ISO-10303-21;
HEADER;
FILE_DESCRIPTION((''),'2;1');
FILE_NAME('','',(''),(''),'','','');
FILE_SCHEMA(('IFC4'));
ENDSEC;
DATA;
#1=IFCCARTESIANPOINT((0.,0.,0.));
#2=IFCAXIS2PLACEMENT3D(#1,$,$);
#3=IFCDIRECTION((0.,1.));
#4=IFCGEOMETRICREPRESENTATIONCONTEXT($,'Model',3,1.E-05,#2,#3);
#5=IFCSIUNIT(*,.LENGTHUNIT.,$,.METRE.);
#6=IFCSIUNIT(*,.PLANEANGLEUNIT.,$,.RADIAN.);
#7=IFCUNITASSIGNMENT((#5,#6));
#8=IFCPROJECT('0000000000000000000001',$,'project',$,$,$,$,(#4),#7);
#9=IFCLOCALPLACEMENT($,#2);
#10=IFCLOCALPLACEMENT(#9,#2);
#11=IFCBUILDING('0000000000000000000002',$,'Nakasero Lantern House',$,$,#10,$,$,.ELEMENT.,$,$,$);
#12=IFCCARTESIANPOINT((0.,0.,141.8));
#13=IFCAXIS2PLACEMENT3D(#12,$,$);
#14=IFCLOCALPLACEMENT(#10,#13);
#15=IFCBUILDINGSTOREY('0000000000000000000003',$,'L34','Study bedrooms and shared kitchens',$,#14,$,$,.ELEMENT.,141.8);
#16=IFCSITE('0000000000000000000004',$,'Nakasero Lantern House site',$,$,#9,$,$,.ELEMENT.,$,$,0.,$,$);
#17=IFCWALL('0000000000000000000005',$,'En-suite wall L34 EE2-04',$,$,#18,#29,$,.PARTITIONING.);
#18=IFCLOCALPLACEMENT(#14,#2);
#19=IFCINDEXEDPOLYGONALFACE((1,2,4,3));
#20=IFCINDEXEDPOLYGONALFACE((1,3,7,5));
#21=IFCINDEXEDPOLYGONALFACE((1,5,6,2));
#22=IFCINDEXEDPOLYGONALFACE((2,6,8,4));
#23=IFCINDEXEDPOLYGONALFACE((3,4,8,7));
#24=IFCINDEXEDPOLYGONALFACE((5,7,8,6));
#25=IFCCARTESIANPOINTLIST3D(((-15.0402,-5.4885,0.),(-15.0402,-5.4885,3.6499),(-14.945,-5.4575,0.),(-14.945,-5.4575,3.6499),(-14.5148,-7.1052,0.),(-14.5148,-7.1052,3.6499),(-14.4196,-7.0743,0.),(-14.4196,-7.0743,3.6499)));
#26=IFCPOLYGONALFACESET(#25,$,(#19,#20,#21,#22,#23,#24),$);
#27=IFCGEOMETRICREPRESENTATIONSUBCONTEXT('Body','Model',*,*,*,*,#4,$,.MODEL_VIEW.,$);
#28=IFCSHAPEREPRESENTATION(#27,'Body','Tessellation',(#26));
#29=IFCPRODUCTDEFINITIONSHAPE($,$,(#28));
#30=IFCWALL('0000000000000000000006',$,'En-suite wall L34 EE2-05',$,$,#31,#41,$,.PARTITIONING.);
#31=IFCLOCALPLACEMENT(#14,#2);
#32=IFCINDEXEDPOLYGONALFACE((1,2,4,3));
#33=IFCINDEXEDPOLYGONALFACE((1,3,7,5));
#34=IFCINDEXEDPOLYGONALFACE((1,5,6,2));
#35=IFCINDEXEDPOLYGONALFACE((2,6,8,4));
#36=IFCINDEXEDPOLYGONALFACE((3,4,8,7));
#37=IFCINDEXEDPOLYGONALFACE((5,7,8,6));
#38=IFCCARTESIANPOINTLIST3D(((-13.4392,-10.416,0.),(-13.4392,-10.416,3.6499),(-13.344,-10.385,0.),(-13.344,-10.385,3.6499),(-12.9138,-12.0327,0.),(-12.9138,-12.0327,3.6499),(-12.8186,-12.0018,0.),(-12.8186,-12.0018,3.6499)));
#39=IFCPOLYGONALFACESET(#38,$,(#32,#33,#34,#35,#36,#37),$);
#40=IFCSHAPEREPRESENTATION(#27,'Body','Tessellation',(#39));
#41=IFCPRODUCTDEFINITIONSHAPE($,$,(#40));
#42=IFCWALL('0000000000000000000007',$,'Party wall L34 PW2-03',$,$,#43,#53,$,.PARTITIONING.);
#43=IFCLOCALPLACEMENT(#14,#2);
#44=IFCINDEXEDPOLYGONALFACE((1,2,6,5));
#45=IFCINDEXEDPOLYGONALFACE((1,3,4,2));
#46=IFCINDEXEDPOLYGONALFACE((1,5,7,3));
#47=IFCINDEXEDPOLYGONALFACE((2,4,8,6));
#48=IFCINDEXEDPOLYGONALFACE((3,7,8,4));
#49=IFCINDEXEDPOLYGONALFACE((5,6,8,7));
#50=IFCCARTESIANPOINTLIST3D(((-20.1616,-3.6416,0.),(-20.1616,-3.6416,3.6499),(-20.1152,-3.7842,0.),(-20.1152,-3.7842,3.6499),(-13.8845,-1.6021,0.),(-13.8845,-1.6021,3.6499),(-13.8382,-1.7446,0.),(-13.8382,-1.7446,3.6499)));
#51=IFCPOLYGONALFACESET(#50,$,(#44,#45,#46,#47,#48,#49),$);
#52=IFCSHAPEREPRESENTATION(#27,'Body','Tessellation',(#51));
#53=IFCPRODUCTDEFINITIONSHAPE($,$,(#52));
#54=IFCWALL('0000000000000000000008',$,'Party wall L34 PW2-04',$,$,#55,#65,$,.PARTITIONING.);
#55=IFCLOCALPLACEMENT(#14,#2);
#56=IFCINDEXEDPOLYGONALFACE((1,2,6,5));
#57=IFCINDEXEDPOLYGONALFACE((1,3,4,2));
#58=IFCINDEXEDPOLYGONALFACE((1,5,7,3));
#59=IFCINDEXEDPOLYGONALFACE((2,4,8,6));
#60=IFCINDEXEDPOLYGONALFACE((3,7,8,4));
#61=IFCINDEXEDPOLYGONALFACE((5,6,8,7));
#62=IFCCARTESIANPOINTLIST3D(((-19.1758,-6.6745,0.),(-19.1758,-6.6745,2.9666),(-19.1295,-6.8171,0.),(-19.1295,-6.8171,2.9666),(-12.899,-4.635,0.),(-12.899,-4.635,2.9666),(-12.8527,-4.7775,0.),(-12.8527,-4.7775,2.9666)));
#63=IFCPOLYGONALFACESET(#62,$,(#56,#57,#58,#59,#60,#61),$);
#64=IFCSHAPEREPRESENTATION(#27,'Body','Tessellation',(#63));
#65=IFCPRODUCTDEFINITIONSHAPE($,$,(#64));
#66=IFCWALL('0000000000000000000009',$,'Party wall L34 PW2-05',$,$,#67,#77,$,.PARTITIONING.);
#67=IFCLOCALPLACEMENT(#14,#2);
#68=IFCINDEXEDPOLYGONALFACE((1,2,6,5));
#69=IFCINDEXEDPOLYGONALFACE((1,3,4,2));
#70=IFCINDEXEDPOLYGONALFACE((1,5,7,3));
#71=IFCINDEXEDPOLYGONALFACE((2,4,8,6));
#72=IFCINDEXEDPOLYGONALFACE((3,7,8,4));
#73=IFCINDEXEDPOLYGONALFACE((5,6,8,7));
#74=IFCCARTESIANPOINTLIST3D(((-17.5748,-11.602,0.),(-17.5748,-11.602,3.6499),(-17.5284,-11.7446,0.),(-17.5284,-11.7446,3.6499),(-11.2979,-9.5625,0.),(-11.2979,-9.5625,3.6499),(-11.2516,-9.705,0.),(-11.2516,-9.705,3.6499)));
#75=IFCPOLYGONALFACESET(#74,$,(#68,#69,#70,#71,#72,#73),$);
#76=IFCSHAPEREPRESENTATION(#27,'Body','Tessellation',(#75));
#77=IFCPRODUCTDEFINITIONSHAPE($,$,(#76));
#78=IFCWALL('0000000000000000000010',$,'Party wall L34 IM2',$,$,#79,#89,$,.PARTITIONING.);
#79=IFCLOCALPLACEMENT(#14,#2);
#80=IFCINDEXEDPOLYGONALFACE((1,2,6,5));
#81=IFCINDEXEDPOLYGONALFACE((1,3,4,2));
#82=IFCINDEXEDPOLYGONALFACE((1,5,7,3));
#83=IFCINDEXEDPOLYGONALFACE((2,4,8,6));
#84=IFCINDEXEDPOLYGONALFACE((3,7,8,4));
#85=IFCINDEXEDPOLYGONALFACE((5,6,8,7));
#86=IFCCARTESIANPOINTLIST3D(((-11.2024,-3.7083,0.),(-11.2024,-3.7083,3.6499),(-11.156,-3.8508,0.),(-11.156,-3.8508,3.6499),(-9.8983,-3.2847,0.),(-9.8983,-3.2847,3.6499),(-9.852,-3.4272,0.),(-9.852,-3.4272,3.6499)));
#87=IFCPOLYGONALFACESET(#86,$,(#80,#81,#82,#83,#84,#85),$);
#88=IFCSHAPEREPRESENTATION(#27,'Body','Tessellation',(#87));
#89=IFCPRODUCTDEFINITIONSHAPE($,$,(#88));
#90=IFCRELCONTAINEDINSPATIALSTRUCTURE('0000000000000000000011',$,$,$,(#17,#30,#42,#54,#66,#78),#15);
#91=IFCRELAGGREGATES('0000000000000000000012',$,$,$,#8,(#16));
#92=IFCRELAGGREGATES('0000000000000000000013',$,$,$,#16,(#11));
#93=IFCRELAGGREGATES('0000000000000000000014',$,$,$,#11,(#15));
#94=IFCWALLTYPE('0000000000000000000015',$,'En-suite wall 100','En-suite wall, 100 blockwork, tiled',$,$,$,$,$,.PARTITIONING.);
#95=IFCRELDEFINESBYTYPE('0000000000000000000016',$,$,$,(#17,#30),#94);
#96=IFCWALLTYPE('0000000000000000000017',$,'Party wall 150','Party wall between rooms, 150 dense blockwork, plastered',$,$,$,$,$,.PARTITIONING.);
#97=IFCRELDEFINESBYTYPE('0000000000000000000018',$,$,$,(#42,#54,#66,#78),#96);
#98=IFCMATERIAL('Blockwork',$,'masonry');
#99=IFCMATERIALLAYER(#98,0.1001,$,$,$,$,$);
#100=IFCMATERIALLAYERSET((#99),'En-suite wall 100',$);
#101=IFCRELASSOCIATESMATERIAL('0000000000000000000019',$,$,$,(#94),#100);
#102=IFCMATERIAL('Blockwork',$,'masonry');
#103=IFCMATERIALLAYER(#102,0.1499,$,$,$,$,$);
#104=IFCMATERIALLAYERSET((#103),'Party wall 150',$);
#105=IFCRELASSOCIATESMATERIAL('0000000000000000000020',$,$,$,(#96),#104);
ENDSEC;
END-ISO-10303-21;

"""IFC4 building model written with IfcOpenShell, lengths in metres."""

from ifc_helpers import new_model, si_unit, direction, frame, frame_2d, origin, place, context, subcontext, project, spatial, rectangle, extrude, material, layer, layer_set, type_object, element, save


model = new_model("IFC4")

# Units and contexts
model_context = context("Model", 3, precision=1e-05, world=origin(), true_north=direction((0.0, 1.0)))
body_context = subcontext(model_context, "Body", "Model", "MODEL_VIEW")
ifc_project = project(units=[si_unit("LENGTHUNIT", "METRE"), si_unit("PLANEANGLEUNIT", "RADIAN")], contexts=[model_context])

# Site, building, storey
site_placement = place(None, origin())
site = spatial("IfcSite", under=ifc_project, at=site_placement, Name="Nakasero Lantern House site", CompositionType="ELEMENT", RefElevation=0.0)
building_placement = place(site_placement, origin())
building = spatial("IfcBuilding", under=site, at=building_placement, Name="Nakasero Lantern House", CompositionType="ELEMENT")
storey_placement = place(building_placement, frame((0.0, 0.0, 141.8)))
storey = spatial("IfcBuildingStorey", under=building, at=storey_placement, Name="L34", Description="Study bedrooms and shared kitchens", CompositionType="ELEMENT", Elevation=141.8)

# Shared definitions
ifc_material_1 = material(Name="Blockwork", Category="masonry")
ifc_layer_1 = layer(ifc_material_1, 0.1001)
ifc_layer_set_1 = layer_set([ifc_layer_1], Name="En-suite wall 100")
wall_type_1 = type_object("IfcWallType", Name="En-suite wall 100", Description="En-suite wall, 100 blockwork, tiled", PredefinedType="PARTITIONING", material=ifc_layer_set_1)

# Walls
for number, where, z_axis, x_axis, name in (
    (1, (-14.9927, -5.4729, 0.0), (0.0, 0.0, 1.0), (0.309067, -0.95104, 0.0), "En-suite wall L34 EE2-04"),
    (2, (-13.3916, -10.4004, 0.0), (0.0, 0.0, 1.0), (0.309067, -0.95104, 0.0), "En-suite wall L34 EE2-05"),
):
    element("IfcWall", number, at=place(storey_placement, frame(where, z_axis=z_axis, x_axis=x_axis)), inside=storey, type_object=wall_type_1, Name=name, PredefinedType="PARTITIONING", context=body_context, shape_type="SweptSolid", body=[
        extrude(rectangle(XDim=1.7, YDim=0.1001, at=frame_2d((0.8501, 0.0))), origin(), (0.0, 0.0, 1.0), 3.6499),
    ])
ifc_material_2 = material(Name="Blockwork", Category="masonry")
ifc_layer_2 = layer(ifc_material_2, 0.1499)
ifc_layer_set_2 = layer_set([ifc_layer_2], Name="Party wall 150")
wall_type_2 = type_object("IfcWallType", Name="Party wall 150", Description="Party wall between rooms, 150 dense blockwork, plastered", PredefinedType="PARTITIONING", material=ifc_layer_set_2)
wall_1_placement = place(storey_placement, frame((-13.8613, -1.6733, 0.0), z_axis=(0.0, 0.0, 1.0), x_axis=(-0.951057, -0.309017, 0.0)))
element("IfcWall", 3, at=wall_1_placement, inside=storey, type_object=wall_type_2, Name="Party wall L34 PW2-03", PredefinedType="PARTITIONING", context=body_context, shape_type="SweptSolid", body=[
    extrude(rectangle(XDim=6.6001, YDim=0.1499, at=frame_2d((3.3, 0.0))), origin(), (0.0, 0.0, 1.0), 3.6499),
])
wall_2_placement = place(storey_placement, frame((-12.876, -4.7063, 0.0), z_axis=(0.0, 0.0, 1.0), x_axis=(-0.951053, -0.309028, 0.0)))
element("IfcWall", 4, at=wall_2_placement, inside=storey, type_object=wall_type_2, Name="Party wall L34 PW2-04", PredefinedType="PARTITIONING", context=body_context, shape_type="SweptSolid", body=[
    extrude(rectangle(XDim=6.5999, YDim=0.1499, at=frame_2d((3.2998, 0.0))), origin(), (0.0, 0.0, 1.0), 2.9666),
])
wall_3_placement = place(storey_placement, frame((-11.2749, -9.6338, 0.0), z_axis=(0.0, 0.0, 1.0), x_axis=(-0.951053, -0.309028, 0.0)))
element("IfcWall", 5, at=wall_3_placement, inside=storey, type_object=wall_type_2, Name="Party wall L34 PW2-05", PredefinedType="PARTITIONING", context=body_context, shape_type="SweptSolid", body=[
    extrude(rectangle(XDim=6.5999, YDim=0.1499, at=frame_2d((3.2998, 0.0))), origin(), (0.0, 0.0, 1.0), 3.6499),
])
wall_4_placement = place(storey_placement, frame((-11.1792, -3.7795, 0.0), z_axis=(0.0, 0.0, 1.0), x_axis=(0.951077, 0.308953, 0.0)))
element("IfcWall", 6, at=wall_4_placement, inside=storey, type_object=wall_type_2, Name="Party wall L34 IM2", PredefinedType="PARTITIONING", context=body_context, shape_type="SweptSolid", body=[
    extrude(rectangle(XDim=1.3711, YDim=0.1499, at=frame_2d((0.6855, 0.0))), origin(), (0.0, 0.0, 1.0), 3.6499),
])

save(model, "model.ifc")
